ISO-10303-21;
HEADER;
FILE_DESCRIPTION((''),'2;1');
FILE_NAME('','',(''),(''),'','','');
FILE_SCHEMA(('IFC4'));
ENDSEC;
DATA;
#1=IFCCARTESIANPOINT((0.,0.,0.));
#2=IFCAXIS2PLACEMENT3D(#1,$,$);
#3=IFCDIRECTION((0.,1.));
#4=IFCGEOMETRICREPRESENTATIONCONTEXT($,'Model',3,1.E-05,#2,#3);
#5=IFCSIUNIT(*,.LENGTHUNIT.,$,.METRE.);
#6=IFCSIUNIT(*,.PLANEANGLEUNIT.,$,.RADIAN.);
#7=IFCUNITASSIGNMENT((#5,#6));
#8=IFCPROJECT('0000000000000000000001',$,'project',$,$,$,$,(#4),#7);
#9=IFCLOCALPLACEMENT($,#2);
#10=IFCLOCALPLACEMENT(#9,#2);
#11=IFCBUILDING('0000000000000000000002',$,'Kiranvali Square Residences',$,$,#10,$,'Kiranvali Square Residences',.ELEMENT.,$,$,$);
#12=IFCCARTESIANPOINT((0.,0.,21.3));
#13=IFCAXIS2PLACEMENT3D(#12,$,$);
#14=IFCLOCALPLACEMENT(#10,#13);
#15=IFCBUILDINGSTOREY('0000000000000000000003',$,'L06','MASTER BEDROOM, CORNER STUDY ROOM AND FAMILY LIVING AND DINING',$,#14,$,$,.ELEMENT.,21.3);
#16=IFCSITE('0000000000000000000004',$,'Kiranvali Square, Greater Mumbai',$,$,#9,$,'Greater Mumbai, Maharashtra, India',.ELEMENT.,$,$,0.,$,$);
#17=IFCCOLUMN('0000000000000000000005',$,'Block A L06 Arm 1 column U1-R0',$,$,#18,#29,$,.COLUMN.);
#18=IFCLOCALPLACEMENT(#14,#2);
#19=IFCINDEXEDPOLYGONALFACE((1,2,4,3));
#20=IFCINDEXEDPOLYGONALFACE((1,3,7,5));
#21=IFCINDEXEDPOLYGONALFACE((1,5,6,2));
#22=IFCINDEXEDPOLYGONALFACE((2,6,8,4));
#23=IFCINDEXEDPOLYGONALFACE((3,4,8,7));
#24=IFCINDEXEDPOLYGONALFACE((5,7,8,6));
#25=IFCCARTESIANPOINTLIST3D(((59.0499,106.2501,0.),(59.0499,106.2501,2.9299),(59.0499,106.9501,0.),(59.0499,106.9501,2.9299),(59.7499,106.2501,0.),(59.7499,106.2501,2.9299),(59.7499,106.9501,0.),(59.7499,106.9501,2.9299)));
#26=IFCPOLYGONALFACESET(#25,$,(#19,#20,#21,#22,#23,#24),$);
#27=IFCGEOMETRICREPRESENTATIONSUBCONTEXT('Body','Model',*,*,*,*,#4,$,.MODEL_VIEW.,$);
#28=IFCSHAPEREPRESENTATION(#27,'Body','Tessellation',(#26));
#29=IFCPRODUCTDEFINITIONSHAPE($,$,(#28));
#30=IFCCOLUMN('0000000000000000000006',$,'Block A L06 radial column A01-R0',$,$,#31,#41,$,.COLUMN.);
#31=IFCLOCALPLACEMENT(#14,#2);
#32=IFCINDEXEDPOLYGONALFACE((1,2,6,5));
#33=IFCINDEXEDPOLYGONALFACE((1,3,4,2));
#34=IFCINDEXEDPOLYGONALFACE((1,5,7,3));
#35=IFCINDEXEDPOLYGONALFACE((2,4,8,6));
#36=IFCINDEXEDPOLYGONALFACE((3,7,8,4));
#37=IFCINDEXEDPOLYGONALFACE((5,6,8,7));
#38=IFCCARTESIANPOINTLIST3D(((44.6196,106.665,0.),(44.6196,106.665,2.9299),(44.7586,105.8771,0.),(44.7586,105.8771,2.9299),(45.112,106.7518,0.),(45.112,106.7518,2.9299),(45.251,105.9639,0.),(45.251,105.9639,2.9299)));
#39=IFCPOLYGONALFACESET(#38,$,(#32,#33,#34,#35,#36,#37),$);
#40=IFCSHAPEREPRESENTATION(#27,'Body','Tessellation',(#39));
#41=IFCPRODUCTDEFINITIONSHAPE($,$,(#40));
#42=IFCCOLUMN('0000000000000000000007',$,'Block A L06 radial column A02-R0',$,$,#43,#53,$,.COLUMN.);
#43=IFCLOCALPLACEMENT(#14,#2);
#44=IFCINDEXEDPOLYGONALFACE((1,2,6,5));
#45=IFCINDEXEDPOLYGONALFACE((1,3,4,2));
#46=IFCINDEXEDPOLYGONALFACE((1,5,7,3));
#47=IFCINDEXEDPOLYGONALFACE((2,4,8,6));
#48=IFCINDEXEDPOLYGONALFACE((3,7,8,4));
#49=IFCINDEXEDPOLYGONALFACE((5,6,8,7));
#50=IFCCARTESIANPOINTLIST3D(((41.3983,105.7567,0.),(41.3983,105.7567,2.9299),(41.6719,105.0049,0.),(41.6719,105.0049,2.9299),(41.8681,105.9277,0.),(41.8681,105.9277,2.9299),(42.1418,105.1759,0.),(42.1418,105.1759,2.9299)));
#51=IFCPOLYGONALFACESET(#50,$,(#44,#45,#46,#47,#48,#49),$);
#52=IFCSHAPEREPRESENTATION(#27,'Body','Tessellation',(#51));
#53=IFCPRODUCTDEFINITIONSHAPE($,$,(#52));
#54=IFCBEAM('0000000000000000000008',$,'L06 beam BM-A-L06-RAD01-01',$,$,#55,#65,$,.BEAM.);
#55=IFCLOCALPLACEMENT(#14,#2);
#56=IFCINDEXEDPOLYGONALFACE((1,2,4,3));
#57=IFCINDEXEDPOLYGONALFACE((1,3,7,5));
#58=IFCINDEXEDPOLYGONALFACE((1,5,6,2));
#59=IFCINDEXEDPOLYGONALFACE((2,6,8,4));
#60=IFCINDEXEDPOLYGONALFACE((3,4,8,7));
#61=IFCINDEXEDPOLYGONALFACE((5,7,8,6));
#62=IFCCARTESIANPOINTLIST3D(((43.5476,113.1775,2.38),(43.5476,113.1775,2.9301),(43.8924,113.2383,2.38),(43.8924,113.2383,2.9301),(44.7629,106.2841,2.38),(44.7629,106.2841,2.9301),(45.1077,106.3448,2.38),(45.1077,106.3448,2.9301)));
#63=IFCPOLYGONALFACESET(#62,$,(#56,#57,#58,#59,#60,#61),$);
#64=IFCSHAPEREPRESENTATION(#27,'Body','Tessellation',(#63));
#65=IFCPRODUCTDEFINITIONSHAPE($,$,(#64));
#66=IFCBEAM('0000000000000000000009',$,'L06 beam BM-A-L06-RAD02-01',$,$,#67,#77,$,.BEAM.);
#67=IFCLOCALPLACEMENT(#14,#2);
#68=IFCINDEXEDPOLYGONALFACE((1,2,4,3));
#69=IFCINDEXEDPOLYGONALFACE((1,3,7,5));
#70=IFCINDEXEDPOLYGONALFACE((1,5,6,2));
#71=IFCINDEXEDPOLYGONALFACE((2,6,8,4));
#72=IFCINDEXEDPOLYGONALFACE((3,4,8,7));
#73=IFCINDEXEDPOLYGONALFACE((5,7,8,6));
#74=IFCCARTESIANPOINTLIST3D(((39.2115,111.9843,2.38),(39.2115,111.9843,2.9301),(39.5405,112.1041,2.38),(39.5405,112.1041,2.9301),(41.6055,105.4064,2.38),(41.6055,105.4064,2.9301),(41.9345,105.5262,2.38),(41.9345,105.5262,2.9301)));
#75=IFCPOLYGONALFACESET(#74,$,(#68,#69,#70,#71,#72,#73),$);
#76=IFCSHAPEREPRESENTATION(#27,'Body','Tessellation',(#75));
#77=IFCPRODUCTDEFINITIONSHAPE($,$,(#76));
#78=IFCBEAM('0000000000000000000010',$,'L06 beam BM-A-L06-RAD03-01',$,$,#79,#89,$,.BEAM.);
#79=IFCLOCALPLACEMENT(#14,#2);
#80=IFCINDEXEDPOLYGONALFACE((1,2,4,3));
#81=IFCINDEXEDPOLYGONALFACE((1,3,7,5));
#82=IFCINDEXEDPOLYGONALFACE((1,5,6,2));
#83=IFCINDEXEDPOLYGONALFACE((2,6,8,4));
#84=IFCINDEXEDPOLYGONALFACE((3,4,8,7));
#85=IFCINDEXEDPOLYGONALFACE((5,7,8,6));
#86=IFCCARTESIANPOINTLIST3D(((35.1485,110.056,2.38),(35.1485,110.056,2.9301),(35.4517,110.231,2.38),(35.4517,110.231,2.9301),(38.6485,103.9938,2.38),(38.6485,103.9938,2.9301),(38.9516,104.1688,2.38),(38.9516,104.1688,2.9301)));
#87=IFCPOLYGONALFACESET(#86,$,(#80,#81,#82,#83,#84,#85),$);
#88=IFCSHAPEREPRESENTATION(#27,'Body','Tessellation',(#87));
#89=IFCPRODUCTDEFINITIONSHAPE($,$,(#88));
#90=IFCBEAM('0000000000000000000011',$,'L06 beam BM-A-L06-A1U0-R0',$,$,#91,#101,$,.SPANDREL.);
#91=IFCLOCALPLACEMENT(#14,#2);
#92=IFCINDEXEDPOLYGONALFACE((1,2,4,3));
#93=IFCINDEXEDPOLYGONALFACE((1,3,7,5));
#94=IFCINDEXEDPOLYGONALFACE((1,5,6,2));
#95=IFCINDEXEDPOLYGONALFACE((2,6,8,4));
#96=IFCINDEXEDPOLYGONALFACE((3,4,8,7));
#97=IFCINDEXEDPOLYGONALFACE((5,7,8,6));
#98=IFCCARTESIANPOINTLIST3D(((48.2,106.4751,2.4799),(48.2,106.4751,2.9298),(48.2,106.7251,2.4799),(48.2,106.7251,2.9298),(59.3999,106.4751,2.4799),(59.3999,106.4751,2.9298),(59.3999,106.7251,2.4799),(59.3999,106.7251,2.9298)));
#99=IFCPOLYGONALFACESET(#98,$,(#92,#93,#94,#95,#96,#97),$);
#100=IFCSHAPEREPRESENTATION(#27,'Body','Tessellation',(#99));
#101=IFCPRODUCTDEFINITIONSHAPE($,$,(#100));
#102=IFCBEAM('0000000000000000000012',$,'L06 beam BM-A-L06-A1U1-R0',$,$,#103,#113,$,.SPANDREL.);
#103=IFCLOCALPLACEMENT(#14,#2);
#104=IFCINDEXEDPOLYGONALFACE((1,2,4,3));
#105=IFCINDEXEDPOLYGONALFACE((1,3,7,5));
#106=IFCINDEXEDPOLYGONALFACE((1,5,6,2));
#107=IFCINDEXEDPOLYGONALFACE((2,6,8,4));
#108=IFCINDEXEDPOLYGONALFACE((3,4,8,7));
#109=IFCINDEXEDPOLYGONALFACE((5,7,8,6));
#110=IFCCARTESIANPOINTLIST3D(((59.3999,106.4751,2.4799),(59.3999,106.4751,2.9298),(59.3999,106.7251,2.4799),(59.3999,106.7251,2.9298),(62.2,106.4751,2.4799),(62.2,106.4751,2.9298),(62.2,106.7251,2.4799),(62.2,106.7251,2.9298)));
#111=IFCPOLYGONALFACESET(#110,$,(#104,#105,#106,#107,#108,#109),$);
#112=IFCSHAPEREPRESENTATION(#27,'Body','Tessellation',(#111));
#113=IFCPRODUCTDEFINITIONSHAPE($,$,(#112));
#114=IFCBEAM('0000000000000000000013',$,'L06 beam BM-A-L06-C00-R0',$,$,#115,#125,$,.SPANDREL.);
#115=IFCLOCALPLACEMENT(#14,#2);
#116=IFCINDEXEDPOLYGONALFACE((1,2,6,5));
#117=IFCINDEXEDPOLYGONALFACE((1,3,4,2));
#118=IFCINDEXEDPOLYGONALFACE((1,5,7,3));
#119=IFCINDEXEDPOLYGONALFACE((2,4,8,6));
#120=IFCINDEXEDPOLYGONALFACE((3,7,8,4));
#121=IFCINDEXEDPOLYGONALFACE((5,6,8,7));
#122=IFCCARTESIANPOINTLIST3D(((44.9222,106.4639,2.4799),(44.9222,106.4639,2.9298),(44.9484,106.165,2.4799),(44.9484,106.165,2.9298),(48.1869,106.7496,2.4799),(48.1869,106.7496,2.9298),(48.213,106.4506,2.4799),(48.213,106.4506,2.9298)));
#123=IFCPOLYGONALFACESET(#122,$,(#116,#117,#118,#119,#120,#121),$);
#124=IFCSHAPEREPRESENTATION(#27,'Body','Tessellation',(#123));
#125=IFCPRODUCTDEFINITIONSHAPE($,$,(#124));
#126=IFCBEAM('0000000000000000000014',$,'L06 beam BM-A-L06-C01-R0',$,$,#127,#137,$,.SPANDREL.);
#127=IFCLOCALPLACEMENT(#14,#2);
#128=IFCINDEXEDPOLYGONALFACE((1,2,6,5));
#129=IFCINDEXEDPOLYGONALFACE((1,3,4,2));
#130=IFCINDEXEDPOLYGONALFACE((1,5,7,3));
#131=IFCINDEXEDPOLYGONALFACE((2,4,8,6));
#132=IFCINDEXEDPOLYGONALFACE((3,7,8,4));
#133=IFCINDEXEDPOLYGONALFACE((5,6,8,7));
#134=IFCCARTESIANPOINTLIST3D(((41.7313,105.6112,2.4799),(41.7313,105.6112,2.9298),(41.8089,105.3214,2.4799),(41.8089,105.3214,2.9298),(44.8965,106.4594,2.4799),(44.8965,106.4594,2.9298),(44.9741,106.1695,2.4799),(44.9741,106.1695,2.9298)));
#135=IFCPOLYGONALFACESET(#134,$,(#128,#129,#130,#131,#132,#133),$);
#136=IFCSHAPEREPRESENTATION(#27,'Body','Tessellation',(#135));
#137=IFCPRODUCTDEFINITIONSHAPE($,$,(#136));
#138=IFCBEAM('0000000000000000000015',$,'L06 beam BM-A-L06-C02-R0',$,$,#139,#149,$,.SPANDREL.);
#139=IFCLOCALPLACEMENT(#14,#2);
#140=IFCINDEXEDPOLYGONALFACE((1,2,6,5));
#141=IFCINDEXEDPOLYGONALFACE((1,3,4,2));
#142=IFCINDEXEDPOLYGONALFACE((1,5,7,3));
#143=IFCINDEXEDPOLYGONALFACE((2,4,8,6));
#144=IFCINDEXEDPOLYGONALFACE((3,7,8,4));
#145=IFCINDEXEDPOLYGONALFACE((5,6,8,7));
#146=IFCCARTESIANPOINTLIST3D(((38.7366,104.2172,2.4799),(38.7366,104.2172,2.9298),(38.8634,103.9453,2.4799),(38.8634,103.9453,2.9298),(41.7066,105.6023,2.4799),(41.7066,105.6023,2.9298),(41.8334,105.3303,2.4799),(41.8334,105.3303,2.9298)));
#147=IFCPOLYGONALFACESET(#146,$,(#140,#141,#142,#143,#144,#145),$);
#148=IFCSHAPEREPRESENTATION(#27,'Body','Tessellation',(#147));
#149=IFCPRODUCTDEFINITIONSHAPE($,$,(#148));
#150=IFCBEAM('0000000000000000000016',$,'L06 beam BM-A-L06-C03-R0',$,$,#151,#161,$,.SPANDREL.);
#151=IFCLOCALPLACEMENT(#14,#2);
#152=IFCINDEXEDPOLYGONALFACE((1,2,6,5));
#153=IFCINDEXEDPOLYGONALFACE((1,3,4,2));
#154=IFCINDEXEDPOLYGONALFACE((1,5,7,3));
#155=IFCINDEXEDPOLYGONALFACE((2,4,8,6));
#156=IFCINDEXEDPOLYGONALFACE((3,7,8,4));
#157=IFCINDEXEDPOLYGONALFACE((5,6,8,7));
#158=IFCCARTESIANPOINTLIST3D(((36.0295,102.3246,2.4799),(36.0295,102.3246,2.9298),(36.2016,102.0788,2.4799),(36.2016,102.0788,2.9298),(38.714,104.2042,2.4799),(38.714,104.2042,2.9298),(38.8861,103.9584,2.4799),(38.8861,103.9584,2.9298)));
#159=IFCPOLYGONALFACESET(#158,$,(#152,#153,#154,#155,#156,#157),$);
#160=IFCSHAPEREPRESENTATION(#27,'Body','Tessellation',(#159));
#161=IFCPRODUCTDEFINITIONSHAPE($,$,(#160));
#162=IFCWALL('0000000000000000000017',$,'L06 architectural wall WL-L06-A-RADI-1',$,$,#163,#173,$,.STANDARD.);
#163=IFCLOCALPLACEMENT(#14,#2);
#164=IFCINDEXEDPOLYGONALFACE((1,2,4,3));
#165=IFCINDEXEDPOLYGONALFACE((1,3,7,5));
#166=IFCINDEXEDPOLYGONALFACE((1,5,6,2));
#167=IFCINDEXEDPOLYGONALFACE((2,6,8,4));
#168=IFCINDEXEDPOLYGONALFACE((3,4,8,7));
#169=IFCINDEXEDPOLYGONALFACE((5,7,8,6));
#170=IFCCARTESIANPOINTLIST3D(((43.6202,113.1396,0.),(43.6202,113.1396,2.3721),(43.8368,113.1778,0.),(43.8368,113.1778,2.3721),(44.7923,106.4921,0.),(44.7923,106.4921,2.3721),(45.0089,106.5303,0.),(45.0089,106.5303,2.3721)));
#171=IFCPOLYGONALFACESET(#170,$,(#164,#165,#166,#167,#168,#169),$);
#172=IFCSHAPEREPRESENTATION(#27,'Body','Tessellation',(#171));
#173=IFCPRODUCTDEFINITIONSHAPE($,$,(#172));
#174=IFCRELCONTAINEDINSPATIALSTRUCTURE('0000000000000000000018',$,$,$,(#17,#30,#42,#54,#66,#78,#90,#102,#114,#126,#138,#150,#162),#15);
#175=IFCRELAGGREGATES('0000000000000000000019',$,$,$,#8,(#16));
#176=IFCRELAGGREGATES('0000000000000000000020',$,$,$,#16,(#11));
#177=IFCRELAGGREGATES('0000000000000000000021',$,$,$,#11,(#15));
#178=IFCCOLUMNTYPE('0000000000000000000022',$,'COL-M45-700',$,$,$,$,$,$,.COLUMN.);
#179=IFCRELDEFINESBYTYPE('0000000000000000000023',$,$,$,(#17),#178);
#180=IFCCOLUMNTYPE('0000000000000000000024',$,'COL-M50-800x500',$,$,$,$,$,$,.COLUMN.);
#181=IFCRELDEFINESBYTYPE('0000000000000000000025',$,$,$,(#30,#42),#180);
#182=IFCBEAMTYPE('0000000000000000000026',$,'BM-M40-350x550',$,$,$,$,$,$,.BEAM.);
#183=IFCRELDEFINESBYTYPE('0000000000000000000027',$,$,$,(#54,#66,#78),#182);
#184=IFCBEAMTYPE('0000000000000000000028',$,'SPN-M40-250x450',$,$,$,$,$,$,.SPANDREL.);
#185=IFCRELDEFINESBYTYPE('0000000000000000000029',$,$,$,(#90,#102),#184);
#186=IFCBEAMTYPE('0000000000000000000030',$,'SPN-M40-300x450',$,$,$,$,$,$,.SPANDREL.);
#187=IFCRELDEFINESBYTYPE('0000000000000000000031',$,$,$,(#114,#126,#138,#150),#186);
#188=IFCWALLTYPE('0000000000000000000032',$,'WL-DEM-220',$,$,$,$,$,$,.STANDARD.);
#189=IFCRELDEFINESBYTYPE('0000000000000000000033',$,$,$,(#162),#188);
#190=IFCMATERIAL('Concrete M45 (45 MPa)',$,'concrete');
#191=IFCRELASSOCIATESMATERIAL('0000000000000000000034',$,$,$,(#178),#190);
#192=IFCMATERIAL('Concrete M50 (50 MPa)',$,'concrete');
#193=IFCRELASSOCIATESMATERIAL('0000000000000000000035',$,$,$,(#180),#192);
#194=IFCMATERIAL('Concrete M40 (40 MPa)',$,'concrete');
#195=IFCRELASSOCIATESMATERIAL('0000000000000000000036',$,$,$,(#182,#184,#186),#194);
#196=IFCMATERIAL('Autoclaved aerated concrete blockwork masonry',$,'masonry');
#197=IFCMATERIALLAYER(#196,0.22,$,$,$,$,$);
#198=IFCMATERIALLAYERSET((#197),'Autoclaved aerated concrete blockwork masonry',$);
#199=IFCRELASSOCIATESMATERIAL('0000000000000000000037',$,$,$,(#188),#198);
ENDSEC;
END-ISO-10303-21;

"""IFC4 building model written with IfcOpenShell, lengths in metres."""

from ifc_helpers import new_model, si_unit, direction, frame, frame_2d, origin, origin_2d, place, context, subcontext, project, spatial, rectangle, extrude, material, layer, layer_set, material_profile, profile_set, type_object, element, save


model = new_model("IFC4")

# Units and contexts
model_context = context("Model", 3, precision=1e-05, world=origin(), true_north=direction((0.0, 1.0)))
body_context = subcontext(model_context, "Body", "Model", "MODEL_VIEW")
ifc_project = project(units=[si_unit("LENGTHUNIT", "METRE"), si_unit("PLANEANGLEUNIT", "RADIAN")], contexts=[model_context])

# Site, building, storey
site_placement = place(None, origin())
site = spatial("IfcSite", under=ifc_project, at=site_placement, Name="Kiranvali Square, Greater Mumbai", LongName="Greater Mumbai, Maharashtra, India", CompositionType="ELEMENT", RefElevation=0.0)
building_placement = place(site_placement, origin())
building = spatial("IfcBuilding", under=site, at=building_placement, Name="Kiranvali Square Residences", LongName="Kiranvali Square Residences", CompositionType="ELEMENT")
storey_placement = place(building_placement, frame((0.0, 0.0, 21.3)))
storey = spatial("IfcBuildingStorey", under=building, at=storey_placement, Name="L06", Description="MASTER BEDROOM, CORNER STUDY ROOM AND FAMILY LIVING AND DINING", CompositionType="ELEMENT", Elevation=21.3)

# Columns
ifc_material_1 = material(Name="Concrete M45 (45 MPa)", Category="concrete")
ifc_material_profile_1 = material_profile(ifc_material_1, rectangle(XDim=0.7, YDim=0.7, at=origin_2d()), Name="RC 700x700")
ifc_profile_set_1 = profile_set([ifc_material_profile_1], Name="Concrete M45 (45 MPa)")
column_type_1 = type_object("IfcColumnType", Name="COL-M45-700", PredefinedType="COLUMN", material=ifc_profile_set_1)
column_placement = place(storey_placement, frame((59.3999, 106.6001, 0.0), z_axis=(0.0, 0.0, 1.0), x_axis=(1.0, 0.0, 0.0)))
element("IfcColumn", 1, at=column_placement, inside=storey, type_object=column_type_1, Name="Block A L06 Arm 1 column U1-R0", PredefinedType="COLUMN", context=body_context, shape_type="SweptSolid", body=[
    extrude(rectangle(XDim=0.7, YDim=0.7, at=origin_2d()), origin(), (0.0, 0.0, 1.0), 2.9299),
])
ifc_material_2 = material(Name="Concrete M50 (50 MPa)", Category="concrete")
ifc_material_profile_2 = material_profile(ifc_material_2, rectangle(XDim=0.5, YDim=0.8, at=origin_2d()), Name="RC 800x500")
ifc_profile_set_2 = profile_set([ifc_material_profile_2], Name="Concrete M50 (50 MPa)")
column_type_2 = type_object("IfcColumnType", Name="COL-M50-800x500", PredefinedType="COLUMN", material=ifc_profile_set_2)
for number, where, z_axis, x_axis, name in (
    (2, (44.9353, 106.3145, 0.0), (0.0, 0.0, 1.0), (0.984808, 0.173648, 0.0), "Block A L06 radial column A01-R0"),
    (3, (41.77, 105.4663, 0.0), (0.0, 0.0, 1.0), (0.939693, 0.34202, 0.0), "Block A L06 radial column A02-R0"),
):
    element("IfcColumn", number, at=place(storey_placement, frame(where, z_axis=z_axis, x_axis=x_axis)), inside=storey, type_object=column_type_2, Name=name, PredefinedType="COLUMN", context=body_context, shape_type="SweptSolid", body=[
        extrude(rectangle(XDim=0.5, YDim=0.8, at=origin_2d()), origin(), (0.0, 0.0, 1.0), 2.9299),
    ])

# Beams
ifc_material_3 = material(Name="Concrete M40 (40 MPa)", Category="concrete")
ifc_material_profile_3 = material_profile(ifc_material_3, rectangle(XDim=0.3501, YDim=0.55, at=origin_2d()), Name="RC 350x550")
ifc_profile_set_3 = profile_set([ifc_material_profile_3], Name="Concrete M40 (40 MPa)")
beam_type_1 = type_object("IfcBeamType", Name="BM-M40-350x550", PredefinedType="BEAM", material=ifc_profile_set_3)
beam_1_placement = place(storey_placement, frame((44.9353, 106.3145, 2.655), z_axis=(-0.173622, 0.984812, 0.0), x_axis=(-0.984812, -0.173622, 0.0)))
element("IfcBeam", 4, at=beam_1_placement, inside=storey, type_object=beam_type_1, Name="L06 beam BM-A-L06-RAD01-01", PredefinedType="BEAM", context=body_context, shape_type="SweptSolid", body=[
    extrude(rectangle(XDim=0.3501, YDim=0.55, at=origin_2d()), origin(), (0.0, 0.0, 1.0), 6.9998),
])
for number, where, z_axis, x_axis, name in (
    (5, (41.77, 105.4663, 2.655), (-0.342006, 0.939698, 0.0), (-0.939698, -0.342006, 0.0), "L06 beam BM-A-L06-RAD02-01"),
    (6, (38.8, 104.0813, 2.655), (-0.499995, 0.866028, 0.0), (-0.866028, -0.499995, 0.0), "L06 beam BM-A-L06-RAD03-01"),
):
    element("IfcBeam", number, at=place(storey_placement, frame(where, z_axis=z_axis, x_axis=x_axis)), inside=storey, type_object=beam_type_1, Name=name, PredefinedType="BEAM", context=body_context, shape_type="SweptSolid", body=[
        extrude(rectangle(XDim=0.3501, YDim=0.55, at=origin_2d()), origin(), (0.0, 0.0, 1.0), 7.0),
    ])
ifc_material_profile_4 = material_profile(ifc_material_3, rectangle(XDim=0.25, YDim=0.45, at=origin_2d()), Name="RC 250x450")
ifc_profile_set_4 = profile_set([ifc_material_profile_4], Name="Concrete M40 (40 MPa)")
beam_type_2 = type_object("IfcBeamType", Name="SPN-M40-250x450", PredefinedType="SPANDREL", material=ifc_profile_set_4)
beam_2_placement = place(storey_placement, frame((48.2, 106.6001, 2.7048), z_axis=(1.0, 0.0, 0.0), x_axis=(0.0, 1.0, 0.0)))
element("IfcBeam", 7, at=beam_2_placement, inside=storey, type_object=beam_type_2, Name="L06 beam BM-A-L06-A1U0-R0", PredefinedType="SPANDREL", context=body_context, shape_type="SweptSolid", body=[
    extrude(rectangle(XDim=0.25, YDim=0.45, at=origin_2d()), origin(), (0.0, 0.0, 1.0), 11.2),
])
beam_3_placement = place(storey_placement, frame((59.3999, 106.6001, 2.7048), z_axis=(1.0, 0.0, 0.0), x_axis=(0.0, 1.0, 0.0)))
element("IfcBeam", 8, at=beam_3_placement, inside=storey, type_object=beam_type_2, Name="L06 beam BM-A-L06-A1U1-R0", PredefinedType="SPANDREL", context=body_context, shape_type="SweptSolid", body=[
    extrude(rectangle(XDim=0.25, YDim=0.45, at=origin_2d()), origin(), (0.0, 0.0, 1.0), 2.8),
])
ifc_material_profile_5 = material_profile(ifc_material_3, rectangle(XDim=0.3, YDim=0.45, at=origin_2d()), Name="RC 300x450")
ifc_profile_set_5 = profile_set([ifc_material_profile_5], Name="Concrete M40 (40 MPa)")
beam_type_3 = type_object("IfcBeamType", Name="SPN-M40-300x450", PredefinedType="SPANDREL", material=ifc_profile_set_5)
beam_4_placement = place(storey_placement, frame((48.2, 106.6001, 2.7048), z_axis=(-0.996194, -0.087163, 0.0), x_axis=(0.087163, -0.996194, 0.0)))
element("IfcBeam", 9, at=beam_4_placement, inside=storey, type_object=beam_type_3, Name="L06 beam BM-A-L06-C00-R0", PredefinedType="SPANDREL", context=body_context, shape_type="SweptSolid", body=[
    extrude(rectangle(XDim=0.3, YDim=0.45, at=origin_2d()), origin(), (0.0, 0.0, 1.0), 3.2771),
])
beam_5_placement = place(storey_placement, frame((44.9353, 106.3145, 2.7048), z_axis=(-0.965925, -0.258822, 0.0), x_axis=(0.258822, -0.965925, 0.0)))
element("IfcBeam", 10, at=beam_5_placement, inside=storey, type_object=beam_type_3, Name="L06 beam BM-A-L06-C01-R0", PredefinedType="SPANDREL", context=body_context, shape_type="SweptSolid", body=[
    extrude(rectangle(XDim=0.3, YDim=0.45, at=origin_2d()), origin(), (0.0, 0.0, 1.0), 3.2769),
])
for number, where, z_axis, x_axis, name in (
    (11, (41.77, 105.4663, 2.7048), (-0.906297, -0.422641, 0.0), (0.422641, -0.906297, 0.0), "L06 beam BM-A-L06-C02-R0"),
    (12, (38.8, 104.0813, 2.7048), (-0.819169, -0.573552, 0.0), (0.573552, -0.819169, 0.0), "L06 beam BM-A-L06-C03-R0"),
):
    element("IfcBeam", number, at=place(storey_placement, frame(where, z_axis=z_axis, x_axis=x_axis)), inside=storey, type_object=beam_type_3, Name=name, PredefinedType="SPANDREL", context=body_context, shape_type="SweptSolid", body=[
        extrude(rectangle(XDim=0.3, YDim=0.45, at=origin_2d()), origin(), (0.0, 0.0, 1.0), 3.2771),
    ])

# Wall
ifc_material_4 = material(Name="Autoclaved aerated concrete blockwork masonry", Category="masonry")
ifc_layer_1 = layer(ifc_material_4, 0.22)
ifc_layer_set_1 = layer_set([ifc_layer_1], Name="Autoclaved aerated concrete blockwork masonry")
wall_type_1 = type_object("IfcWallType", Name="WL-DEM-220", PredefinedType="STANDARD", material=ifc_layer_set_1)
wall_1_placement = place(storey_placement, frame((44.9006, 106.5112, 0.0), z_axis=(0.0, 0.0, 1.0), x_axis=(-0.173647, 0.984808, 0.0)))
element("IfcWall", 13, at=wall_1_placement, inside=storey, type_object=wall_type_1, Name="L06 architectural wall WL-L06-A-RADI-1", PredefinedType="STANDARD", context=body_context, shape_type="SweptSolid", body=[
    extrude(rectangle(XDim=6.75, YDim=0.22, at=frame_2d((3.375, 0.0))), origin(), (0.0, 0.0, 1.0), 2.3721),
])

save(model, "model.ifc")
